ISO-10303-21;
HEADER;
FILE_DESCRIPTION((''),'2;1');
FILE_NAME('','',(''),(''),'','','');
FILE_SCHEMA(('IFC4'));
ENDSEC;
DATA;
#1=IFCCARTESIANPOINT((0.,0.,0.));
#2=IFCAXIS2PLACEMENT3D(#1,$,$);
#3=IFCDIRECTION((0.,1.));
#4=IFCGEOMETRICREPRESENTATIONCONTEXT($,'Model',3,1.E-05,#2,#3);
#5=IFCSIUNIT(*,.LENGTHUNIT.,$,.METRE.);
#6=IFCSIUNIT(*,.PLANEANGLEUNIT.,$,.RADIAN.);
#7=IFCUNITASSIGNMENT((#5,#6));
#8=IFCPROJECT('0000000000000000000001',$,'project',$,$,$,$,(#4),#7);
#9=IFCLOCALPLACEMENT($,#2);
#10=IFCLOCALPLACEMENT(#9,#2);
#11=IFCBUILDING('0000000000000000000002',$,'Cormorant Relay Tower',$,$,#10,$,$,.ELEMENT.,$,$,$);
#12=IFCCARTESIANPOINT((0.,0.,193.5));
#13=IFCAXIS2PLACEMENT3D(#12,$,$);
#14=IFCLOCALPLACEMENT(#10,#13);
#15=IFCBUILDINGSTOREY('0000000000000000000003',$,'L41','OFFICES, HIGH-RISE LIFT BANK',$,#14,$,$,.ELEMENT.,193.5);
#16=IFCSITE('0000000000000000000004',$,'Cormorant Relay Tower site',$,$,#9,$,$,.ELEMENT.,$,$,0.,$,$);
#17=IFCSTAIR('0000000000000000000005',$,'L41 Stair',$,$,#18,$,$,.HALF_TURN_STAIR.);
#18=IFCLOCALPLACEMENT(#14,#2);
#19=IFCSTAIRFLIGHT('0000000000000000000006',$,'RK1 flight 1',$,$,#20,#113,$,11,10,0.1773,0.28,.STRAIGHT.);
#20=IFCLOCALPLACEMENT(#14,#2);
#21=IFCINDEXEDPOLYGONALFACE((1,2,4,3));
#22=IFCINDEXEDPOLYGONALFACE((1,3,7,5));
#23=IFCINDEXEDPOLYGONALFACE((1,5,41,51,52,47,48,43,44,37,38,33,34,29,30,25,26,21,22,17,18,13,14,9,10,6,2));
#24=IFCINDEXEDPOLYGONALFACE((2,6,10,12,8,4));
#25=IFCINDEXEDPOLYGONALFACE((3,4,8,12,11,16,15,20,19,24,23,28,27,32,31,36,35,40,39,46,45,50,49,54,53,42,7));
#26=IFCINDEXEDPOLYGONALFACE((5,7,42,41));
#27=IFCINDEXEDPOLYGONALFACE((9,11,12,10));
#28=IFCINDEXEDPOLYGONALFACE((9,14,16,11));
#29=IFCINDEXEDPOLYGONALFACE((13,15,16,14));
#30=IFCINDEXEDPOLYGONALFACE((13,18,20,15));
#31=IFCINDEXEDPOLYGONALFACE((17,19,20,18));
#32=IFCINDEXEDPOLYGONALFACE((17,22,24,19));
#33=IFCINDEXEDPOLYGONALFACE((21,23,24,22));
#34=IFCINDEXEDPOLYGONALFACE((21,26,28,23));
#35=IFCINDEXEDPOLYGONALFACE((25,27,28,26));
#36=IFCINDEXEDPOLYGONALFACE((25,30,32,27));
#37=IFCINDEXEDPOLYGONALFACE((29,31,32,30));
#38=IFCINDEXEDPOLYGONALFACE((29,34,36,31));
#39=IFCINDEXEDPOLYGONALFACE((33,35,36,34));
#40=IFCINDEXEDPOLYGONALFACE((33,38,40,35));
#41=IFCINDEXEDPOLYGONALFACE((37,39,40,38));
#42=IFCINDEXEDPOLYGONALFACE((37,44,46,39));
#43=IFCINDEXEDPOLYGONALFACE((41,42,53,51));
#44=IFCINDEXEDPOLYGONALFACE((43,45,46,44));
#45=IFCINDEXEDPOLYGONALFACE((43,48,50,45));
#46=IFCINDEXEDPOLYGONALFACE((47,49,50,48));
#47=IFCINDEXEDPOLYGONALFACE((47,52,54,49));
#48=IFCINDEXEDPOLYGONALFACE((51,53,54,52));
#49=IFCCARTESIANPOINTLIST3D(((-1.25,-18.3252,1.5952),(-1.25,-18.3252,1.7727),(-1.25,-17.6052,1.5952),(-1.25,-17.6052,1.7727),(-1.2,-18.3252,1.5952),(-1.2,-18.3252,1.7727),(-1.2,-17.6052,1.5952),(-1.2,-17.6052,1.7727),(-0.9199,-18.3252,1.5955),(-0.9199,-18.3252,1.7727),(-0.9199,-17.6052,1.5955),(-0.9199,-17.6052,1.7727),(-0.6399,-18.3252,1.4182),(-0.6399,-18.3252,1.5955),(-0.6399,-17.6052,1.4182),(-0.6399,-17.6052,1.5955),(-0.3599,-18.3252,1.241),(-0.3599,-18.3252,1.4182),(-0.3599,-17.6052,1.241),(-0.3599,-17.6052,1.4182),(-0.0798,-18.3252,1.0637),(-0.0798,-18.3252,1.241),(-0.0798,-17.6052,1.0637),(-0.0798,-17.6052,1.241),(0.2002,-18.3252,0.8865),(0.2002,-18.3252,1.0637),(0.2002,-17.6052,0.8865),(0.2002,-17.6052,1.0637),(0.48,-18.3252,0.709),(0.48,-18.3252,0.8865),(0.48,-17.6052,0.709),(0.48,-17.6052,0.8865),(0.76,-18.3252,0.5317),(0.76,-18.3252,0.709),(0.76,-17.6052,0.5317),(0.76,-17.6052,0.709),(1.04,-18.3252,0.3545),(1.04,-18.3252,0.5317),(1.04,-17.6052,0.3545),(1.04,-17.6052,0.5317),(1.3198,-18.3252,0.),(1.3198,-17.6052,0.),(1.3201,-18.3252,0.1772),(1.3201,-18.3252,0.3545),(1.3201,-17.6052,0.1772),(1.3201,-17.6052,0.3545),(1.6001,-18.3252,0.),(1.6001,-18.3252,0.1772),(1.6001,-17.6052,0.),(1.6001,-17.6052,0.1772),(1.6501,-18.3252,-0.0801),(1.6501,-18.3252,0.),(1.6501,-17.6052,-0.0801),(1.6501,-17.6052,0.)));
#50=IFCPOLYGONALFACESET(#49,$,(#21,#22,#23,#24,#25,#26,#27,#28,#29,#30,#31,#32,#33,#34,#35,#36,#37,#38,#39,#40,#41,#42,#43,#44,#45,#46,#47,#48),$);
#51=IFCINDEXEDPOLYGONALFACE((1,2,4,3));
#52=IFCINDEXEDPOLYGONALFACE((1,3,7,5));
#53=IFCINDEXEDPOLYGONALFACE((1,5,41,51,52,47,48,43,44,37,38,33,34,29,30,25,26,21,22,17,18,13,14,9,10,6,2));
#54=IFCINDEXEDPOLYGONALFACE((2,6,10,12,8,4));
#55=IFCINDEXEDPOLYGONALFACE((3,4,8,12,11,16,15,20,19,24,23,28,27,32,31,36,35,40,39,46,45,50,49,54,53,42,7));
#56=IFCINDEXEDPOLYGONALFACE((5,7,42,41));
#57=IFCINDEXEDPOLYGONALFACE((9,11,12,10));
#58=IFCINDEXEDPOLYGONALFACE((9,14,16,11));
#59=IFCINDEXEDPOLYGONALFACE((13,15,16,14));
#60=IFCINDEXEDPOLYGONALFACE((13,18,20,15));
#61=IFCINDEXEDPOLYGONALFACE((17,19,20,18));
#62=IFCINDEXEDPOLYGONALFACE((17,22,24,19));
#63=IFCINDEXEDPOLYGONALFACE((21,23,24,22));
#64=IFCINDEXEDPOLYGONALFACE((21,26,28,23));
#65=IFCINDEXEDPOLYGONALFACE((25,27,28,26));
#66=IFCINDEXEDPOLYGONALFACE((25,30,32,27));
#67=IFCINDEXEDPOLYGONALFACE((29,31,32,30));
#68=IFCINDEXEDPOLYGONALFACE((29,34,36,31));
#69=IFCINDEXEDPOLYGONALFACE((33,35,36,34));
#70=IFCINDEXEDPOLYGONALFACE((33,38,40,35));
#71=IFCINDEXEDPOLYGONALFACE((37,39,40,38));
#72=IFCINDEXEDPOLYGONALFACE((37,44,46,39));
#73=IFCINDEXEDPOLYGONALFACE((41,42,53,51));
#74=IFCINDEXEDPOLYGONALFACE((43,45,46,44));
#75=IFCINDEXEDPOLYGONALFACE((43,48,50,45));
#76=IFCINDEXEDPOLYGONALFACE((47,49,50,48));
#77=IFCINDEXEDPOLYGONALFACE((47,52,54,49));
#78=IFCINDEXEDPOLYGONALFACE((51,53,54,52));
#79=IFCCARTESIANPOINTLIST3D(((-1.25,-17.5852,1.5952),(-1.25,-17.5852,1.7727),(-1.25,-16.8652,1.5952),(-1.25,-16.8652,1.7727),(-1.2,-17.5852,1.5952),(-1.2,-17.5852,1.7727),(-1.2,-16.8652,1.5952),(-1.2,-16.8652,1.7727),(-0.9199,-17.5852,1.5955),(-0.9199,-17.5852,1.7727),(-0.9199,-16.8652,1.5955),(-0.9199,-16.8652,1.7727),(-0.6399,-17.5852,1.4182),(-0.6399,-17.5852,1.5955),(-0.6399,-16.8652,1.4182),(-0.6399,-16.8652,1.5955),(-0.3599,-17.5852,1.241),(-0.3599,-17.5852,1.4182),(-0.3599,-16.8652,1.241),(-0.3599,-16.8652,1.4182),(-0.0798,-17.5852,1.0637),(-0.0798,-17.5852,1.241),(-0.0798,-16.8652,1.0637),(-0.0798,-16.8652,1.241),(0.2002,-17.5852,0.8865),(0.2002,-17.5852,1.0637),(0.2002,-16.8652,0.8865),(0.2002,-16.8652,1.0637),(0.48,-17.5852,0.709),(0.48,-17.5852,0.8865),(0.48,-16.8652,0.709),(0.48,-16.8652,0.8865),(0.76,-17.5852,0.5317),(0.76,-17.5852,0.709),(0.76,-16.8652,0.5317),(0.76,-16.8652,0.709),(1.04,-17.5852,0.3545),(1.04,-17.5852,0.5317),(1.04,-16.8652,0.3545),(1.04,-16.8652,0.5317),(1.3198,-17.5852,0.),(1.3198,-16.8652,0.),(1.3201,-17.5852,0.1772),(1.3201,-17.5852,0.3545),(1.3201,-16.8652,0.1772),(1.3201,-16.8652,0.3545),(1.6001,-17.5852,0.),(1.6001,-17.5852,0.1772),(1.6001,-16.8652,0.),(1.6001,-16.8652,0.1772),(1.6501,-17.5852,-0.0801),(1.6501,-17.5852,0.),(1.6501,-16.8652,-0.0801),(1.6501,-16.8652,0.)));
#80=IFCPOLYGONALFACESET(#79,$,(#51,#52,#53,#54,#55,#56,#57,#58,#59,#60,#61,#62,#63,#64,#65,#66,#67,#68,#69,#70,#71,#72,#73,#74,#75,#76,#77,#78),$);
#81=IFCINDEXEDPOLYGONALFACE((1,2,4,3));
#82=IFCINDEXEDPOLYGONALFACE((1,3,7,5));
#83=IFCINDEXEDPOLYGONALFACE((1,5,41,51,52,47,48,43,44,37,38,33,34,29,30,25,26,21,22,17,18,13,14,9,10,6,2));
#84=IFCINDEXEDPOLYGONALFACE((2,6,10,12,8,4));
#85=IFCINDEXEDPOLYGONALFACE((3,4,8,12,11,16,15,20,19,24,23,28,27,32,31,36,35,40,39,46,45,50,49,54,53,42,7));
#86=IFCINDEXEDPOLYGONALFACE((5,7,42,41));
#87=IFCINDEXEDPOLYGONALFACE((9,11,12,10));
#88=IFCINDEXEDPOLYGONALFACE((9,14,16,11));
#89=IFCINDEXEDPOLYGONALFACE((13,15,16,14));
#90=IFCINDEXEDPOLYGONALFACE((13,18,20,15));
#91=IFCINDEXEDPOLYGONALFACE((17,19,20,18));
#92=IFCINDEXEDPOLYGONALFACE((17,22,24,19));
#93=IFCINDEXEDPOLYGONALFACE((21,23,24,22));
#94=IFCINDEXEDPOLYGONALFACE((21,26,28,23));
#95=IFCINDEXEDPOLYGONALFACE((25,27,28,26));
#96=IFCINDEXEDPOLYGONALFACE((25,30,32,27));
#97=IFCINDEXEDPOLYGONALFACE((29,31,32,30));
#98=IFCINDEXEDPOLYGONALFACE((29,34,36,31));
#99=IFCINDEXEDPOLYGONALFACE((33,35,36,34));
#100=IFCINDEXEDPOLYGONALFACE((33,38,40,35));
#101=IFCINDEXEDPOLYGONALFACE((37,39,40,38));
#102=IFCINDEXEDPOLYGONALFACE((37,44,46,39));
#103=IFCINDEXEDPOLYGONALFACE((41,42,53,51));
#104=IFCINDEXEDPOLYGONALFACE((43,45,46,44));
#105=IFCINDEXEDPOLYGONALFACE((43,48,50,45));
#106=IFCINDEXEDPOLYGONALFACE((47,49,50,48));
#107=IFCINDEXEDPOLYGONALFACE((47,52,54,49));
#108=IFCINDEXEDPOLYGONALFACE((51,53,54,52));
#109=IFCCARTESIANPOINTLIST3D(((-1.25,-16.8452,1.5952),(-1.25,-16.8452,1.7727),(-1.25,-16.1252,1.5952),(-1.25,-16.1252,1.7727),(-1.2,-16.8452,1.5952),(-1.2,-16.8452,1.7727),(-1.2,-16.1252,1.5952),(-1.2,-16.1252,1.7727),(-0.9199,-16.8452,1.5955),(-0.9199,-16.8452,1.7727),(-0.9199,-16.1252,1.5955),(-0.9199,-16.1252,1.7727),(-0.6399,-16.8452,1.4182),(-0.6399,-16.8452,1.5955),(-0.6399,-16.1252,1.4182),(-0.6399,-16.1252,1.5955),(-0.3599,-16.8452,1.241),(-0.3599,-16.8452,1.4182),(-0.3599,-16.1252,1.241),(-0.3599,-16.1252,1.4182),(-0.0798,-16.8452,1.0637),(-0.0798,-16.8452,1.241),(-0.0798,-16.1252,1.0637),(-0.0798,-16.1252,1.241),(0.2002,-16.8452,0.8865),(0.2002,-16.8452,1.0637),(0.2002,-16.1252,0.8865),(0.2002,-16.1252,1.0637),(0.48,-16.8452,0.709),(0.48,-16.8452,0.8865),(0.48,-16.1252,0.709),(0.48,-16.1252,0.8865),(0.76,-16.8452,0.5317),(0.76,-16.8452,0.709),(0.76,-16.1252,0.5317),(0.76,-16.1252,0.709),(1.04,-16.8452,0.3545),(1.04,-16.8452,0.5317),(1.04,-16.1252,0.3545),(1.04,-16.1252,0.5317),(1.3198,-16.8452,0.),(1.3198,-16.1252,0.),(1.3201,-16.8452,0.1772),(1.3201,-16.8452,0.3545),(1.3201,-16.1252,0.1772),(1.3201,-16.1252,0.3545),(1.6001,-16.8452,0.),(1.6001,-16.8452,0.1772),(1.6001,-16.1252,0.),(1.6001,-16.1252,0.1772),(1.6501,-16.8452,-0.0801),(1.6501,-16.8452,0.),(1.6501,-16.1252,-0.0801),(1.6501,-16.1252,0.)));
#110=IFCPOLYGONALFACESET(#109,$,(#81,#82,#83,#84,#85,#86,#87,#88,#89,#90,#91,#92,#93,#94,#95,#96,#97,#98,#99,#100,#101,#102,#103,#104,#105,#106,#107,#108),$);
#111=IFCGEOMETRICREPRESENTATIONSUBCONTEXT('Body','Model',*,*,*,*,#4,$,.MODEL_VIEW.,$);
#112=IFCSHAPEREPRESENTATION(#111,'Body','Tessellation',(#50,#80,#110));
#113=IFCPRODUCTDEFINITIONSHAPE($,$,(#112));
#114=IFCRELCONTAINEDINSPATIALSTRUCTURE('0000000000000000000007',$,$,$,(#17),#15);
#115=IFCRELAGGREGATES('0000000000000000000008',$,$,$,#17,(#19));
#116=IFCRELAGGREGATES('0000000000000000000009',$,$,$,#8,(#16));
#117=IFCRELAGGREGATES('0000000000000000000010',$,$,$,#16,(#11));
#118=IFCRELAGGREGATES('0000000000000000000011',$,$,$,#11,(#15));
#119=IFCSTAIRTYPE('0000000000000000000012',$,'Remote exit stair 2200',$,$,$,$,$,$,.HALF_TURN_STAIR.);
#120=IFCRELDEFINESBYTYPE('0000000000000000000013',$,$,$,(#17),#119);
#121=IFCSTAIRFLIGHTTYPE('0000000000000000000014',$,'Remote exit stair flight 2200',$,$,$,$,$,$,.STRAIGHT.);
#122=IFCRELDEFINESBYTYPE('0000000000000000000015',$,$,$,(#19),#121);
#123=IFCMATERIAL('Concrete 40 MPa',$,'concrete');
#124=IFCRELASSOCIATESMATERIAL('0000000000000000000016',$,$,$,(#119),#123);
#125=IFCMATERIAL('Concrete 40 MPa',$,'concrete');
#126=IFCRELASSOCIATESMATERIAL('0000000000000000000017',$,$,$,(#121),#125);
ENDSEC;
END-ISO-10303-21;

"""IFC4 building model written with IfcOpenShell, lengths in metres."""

from ifc_helpers import new_model, si_unit, direction, frame, origin, place, context, subcontext, project, spatial, polyline, outline, extrude, material, type_object, element, aggregate, save


model = new_model("IFC4")

# Units and contexts
model_context = context("Model", 3, precision=1e-05, world=origin(), true_north=direction((0.0, 1.0)))
body_context = subcontext(model_context, "Body", "Model", "MODEL_VIEW")
ifc_project = project(units=[si_unit("LENGTHUNIT", "METRE"), si_unit("PLANEANGLEUNIT", "RADIAN")], contexts=[model_context])

# Site, building, storey
site_placement = place(None, origin())
site = spatial("IfcSite", under=ifc_project, at=site_placement, Name="Cormorant Relay Tower site", CompositionType="ELEMENT", RefElevation=0.0)
building_placement = place(site_placement, origin())
building = spatial("IfcBuilding", under=site, at=building_placement, Name="Cormorant Relay Tower", CompositionType="ELEMENT")
storey_placement = place(building_placement, frame((0.0, 0.0, 193.5)))
storey = spatial("IfcBuildingStorey", under=building, at=storey_placement, Name="L41", Description="OFFICES, HIGH-RISE LIFT BANK", CompositionType="ELEMENT", Elevation=193.5)

# Stair, stair flight
ifc_material_1 = material(Name="Concrete 40 MPa", Category="concrete")
stair_type = type_object("IfcStairType", Name="Remote exit stair 2200", PredefinedType="HALF_TURN_STAIR", material=ifc_material_1)
stair_placement = place(storey_placement, origin())
stair = element("IfcStair", 1, at=stair_placement, inside=storey, type_object=stair_type, Name="L41 Stair", PredefinedType="HALF_TURN_STAIR")
ifc_material_2 = material(Name="Concrete 40 MPa", Category="concrete")
stair_flight_type = type_object("IfcStairFlightType", Name="Remote exit stair flight 2200", PredefinedType="STRAIGHT", material=ifc_material_2)
stair_flight_1_placement = place(storey_placement, frame((1.6001, -17.2251, 0.0), z_axis=(0.0, 0.0, 1.0), x_axis=(-1.0, 0.0, 0.0)))
stair_flight_1 = element("IfcStairFlight", 2, at=stair_flight_1_placement, type_object=stair_flight_type, Name="RK1 flight 1", NumberOfRisers=11, NumberOfTreads=10, PredefinedType="STRAIGHT", RiserHeight=0.1773, TreadLength=0.28, context=body_context, shape_type="SweptSolid", body=[
    extrude(outline(polyline([(-0.05, -0.0801), (-0.05, 0.0), (0.0, 0.0), (0.0, 0.1772), (0.28, 0.1772), (0.28, 0.3545), (0.5601, 0.3545), (0.5601, 0.5317), (0.8401, 0.5317), (0.8401, 0.709), (1.1201, 0.709), (1.1201, 0.8865), (1.3999, 0.8865), (1.3999, 1.0637), (1.6799, 1.0637), (1.6799, 1.241), (1.96, 1.241), (1.96, 1.4182), (2.24, 1.4182), (2.24, 1.5955), (2.52, 1.5955), (2.52, 1.7727), (2.8, 1.7727), (2.8501, 1.7727), (2.8501, 1.5952), (2.8, 1.5952), (0.2803, 0.0), (-0.05, -0.0801)])), frame((0.0, 1.1001, 0.0), z_axis=(0.0, -1.0, 0.0), x_axis=(1.0, 0.0, 0.0)), (0.0, 0.0, 1.0), 0.72),
    extrude(outline(polyline([(-0.05, -0.0801), (-0.05, 0.0), (0.0, 0.0), (0.0, 0.1772), (0.28, 0.1772), (0.28, 0.3545), (0.5601, 0.3545), (0.5601, 0.5317), (0.8401, 0.5317), (0.8401, 0.709), (1.1201, 0.709), (1.1201, 0.8865), (1.3999, 0.8865), (1.3999, 1.0637), (1.6799, 1.0637), (1.6799, 1.241), (1.96, 1.241), (1.96, 1.4182), (2.24, 1.4182), (2.24, 1.5955), (2.52, 1.5955), (2.52, 1.7727), (2.8, 1.7727), (2.8501, 1.7727), (2.8501, 1.5952), (2.8, 1.5952), (0.2803, 0.0), (-0.05, -0.0801)])), frame((0.0, 0.3601, 0.0), z_axis=(0.0, -1.0, 0.0), x_axis=(1.0, 0.0, 0.0)), (0.0, 0.0, 1.0), 0.72),
    extrude(outline(polyline([(-0.05, -0.0801), (-0.05, 0.0), (0.0, 0.0), (0.0, 0.1772), (0.28, 0.1772), (0.28, 0.3545), (0.5601, 0.3545), (0.5601, 0.5317), (0.8401, 0.5317), (0.8401, 0.709), (1.1201, 0.709), (1.1201, 0.8865), (1.3999, 0.8865), (1.3999, 1.0637), (1.6799, 1.0637), (1.6799, 1.241), (1.96, 1.241), (1.96, 1.4182), (2.24, 1.4182), (2.24, 1.5955), (2.52, 1.5955), (2.52, 1.7727), (2.8, 1.7727), (2.8501, 1.7727), (2.8501, 1.5952), (2.8, 1.5952), (0.2803, 0.0), (-0.05, -0.0801)])), frame((0.0, -0.3799, 0.0), z_axis=(0.0, -1.0, 0.0), x_axis=(1.0, 0.0, 0.0)), (0.0, 0.0, 1.0), 0.72),
])
aggregate(stair, [stair_flight_1])

save(model, "model.ifc")
